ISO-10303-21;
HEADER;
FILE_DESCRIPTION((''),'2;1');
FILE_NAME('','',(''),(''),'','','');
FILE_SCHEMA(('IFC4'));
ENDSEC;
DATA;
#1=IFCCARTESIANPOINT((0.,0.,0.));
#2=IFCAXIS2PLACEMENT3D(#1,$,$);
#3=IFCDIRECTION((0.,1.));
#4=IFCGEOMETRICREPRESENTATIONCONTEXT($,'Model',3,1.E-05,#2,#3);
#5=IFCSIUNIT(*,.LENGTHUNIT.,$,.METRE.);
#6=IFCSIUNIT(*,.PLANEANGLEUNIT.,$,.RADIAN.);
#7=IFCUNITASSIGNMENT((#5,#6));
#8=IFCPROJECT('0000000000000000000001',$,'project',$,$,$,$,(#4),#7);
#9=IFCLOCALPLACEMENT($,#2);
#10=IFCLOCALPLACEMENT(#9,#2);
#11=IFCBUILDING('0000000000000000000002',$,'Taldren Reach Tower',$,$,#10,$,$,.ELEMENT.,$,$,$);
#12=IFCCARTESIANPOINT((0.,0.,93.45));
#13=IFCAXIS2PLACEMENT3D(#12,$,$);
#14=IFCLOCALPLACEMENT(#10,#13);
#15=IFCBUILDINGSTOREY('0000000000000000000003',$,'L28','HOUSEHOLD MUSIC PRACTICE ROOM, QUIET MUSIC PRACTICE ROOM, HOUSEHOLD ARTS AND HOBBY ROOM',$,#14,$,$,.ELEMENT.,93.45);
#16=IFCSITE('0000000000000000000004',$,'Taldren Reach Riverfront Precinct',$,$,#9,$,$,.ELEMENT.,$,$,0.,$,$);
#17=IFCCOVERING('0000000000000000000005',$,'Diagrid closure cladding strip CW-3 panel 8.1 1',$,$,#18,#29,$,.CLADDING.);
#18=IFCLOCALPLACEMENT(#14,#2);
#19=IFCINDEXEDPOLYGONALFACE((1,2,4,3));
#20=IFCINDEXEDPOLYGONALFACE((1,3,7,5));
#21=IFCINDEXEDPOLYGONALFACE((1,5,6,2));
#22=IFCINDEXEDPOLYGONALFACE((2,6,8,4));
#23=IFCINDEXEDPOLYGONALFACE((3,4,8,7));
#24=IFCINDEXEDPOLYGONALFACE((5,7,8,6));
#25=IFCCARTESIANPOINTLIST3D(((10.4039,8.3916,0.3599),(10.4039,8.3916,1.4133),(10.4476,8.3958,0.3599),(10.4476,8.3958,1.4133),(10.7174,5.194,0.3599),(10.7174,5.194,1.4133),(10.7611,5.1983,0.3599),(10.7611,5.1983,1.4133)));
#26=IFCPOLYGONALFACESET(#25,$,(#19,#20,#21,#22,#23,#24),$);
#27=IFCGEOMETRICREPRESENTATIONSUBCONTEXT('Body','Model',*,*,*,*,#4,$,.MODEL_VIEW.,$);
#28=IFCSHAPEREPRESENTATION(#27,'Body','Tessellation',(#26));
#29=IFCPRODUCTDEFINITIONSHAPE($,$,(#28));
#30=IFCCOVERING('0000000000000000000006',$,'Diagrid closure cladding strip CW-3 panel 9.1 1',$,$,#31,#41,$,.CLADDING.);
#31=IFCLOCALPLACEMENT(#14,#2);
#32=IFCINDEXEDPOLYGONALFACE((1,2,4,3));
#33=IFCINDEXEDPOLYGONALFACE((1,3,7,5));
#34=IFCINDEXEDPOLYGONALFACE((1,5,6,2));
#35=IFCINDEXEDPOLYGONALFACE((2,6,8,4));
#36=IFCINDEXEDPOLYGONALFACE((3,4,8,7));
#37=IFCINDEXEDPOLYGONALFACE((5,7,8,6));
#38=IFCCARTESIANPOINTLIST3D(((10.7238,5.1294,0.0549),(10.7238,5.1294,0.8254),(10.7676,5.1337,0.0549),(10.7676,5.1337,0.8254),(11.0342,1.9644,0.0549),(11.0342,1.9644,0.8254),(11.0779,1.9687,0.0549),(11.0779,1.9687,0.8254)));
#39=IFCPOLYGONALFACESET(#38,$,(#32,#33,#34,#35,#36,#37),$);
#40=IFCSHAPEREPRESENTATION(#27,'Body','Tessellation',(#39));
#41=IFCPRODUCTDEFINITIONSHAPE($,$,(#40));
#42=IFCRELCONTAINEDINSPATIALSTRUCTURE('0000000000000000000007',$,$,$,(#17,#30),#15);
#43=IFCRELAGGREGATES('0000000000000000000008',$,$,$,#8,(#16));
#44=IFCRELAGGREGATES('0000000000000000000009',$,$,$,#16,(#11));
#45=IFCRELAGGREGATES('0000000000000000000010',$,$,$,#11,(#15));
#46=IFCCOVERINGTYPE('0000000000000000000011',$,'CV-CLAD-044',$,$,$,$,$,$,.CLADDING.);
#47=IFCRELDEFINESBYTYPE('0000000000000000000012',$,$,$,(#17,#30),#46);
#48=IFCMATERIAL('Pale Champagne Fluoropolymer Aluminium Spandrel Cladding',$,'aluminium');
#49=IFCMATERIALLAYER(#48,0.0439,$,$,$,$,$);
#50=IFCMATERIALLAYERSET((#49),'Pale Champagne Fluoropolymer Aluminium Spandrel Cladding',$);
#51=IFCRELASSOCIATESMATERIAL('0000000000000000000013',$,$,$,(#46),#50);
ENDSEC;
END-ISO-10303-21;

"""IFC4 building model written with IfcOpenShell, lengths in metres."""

from ifc_helpers import new_model, si_unit, direction, frame, origin, origin_2d, place, context, subcontext, project, spatial, rectangle, extrude, source, transform, mapped, material, layer, layer_set, type_object, element, save


model = new_model("IFC4")

# Units and contexts
model_context = context("Model", 3, precision=1e-05, world=origin(), true_north=direction((0.0, 1.0)))
body_context = subcontext(model_context, "Body", "Model", "MODEL_VIEW")
ifc_project = project(units=[si_unit("LENGTHUNIT", "METRE"), si_unit("PLANEANGLEUNIT", "RADIAN")], contexts=[model_context])

# Site, building, storey
site_placement = place(None, origin())
site = spatial("IfcSite", under=ifc_project, at=site_placement, Name="Taldren Reach Riverfront Precinct", CompositionType="ELEMENT", RefElevation=0.0)
building_placement = place(site_placement, origin())
building = spatial("IfcBuilding", under=site, at=building_placement, Name="Taldren Reach Tower", CompositionType="ELEMENT")
storey_placement = place(building_placement, frame((0.0, 0.0, 93.45)))
storey = spatial("IfcBuildingStorey", under=building, at=storey_placement, Name="L28", Description="HOUSEHOLD MUSIC PRACTICE ROOM, QUIET MUSIC PRACTICE ROOM, HOUSEHOLD ARTS AND HOBBY ROOM", CompositionType="ELEMENT", Elevation=93.45)

# Coverings
ifc_material_1 = material(Name="Pale Champagne Fluoropolymer Aluminium Spandrel Cladding", Category="aluminium")
ifc_layer_1 = layer(ifc_material_1, 0.0439)
ifc_layer_set_1 = layer_set([ifc_layer_1], Name="Pale Champagne Fluoropolymer Aluminium Spandrel Cladding")
covering_type = type_object("IfcCoveringType", Name="CV-CLAD-044", PredefinedType="CLADDING", material=ifc_layer_set_1)
shared_shape_1 = source(origin(), body_context, "Body", "SweptSolid", [
    extrude(rectangle(XDim=3.2129, YDim=0.0439, at=origin_2d()), origin(), (0.0, 0.0, 1.0), 1.0535),
])
covering_1_placement = place(storey_placement, frame((10.5825, 6.7949, 0.3599), z_axis=(0.0, 0.0, 1.0), x_axis=(0.097583, -0.995227, 0.0)))
element("IfcCovering", 1, at=covering_1_placement, inside=storey, type_object=covering_type, Name="Diagrid closure cladding strip CW-3 panel 8.1 1", PredefinedType="CLADDING", context=body_context, shape_type="MappedRepresentation", body=[
    mapped(shared_shape_1, transform((0.0, 0.0, 0.0), scale=1.0)),
])
shared_shape_2 = source(origin(), body_context, "Body", "SweptSolid", [
    extrude(rectangle(XDim=3.1802, YDim=0.0439, at=origin_2d()), origin(), (0.0, 0.0, 1.0), 0.7705),
])
covering_2_placement = place(storey_placement, frame((10.9009, 3.5491, 0.0549), z_axis=(0.0, 0.0, 1.0), x_axis=(0.097583, -0.995227, 0.0)))
element("IfcCovering", 2, at=covering_2_placement, inside=storey, type_object=covering_type, Name="Diagrid closure cladding strip CW-3 panel 9.1 1", PredefinedType="CLADDING", context=body_context, shape_type="MappedRepresentation", body=[
    mapped(shared_shape_2, transform((0.0, 0.0, 0.0), scale=1.0)),
])

save(model, "model.ifc")
